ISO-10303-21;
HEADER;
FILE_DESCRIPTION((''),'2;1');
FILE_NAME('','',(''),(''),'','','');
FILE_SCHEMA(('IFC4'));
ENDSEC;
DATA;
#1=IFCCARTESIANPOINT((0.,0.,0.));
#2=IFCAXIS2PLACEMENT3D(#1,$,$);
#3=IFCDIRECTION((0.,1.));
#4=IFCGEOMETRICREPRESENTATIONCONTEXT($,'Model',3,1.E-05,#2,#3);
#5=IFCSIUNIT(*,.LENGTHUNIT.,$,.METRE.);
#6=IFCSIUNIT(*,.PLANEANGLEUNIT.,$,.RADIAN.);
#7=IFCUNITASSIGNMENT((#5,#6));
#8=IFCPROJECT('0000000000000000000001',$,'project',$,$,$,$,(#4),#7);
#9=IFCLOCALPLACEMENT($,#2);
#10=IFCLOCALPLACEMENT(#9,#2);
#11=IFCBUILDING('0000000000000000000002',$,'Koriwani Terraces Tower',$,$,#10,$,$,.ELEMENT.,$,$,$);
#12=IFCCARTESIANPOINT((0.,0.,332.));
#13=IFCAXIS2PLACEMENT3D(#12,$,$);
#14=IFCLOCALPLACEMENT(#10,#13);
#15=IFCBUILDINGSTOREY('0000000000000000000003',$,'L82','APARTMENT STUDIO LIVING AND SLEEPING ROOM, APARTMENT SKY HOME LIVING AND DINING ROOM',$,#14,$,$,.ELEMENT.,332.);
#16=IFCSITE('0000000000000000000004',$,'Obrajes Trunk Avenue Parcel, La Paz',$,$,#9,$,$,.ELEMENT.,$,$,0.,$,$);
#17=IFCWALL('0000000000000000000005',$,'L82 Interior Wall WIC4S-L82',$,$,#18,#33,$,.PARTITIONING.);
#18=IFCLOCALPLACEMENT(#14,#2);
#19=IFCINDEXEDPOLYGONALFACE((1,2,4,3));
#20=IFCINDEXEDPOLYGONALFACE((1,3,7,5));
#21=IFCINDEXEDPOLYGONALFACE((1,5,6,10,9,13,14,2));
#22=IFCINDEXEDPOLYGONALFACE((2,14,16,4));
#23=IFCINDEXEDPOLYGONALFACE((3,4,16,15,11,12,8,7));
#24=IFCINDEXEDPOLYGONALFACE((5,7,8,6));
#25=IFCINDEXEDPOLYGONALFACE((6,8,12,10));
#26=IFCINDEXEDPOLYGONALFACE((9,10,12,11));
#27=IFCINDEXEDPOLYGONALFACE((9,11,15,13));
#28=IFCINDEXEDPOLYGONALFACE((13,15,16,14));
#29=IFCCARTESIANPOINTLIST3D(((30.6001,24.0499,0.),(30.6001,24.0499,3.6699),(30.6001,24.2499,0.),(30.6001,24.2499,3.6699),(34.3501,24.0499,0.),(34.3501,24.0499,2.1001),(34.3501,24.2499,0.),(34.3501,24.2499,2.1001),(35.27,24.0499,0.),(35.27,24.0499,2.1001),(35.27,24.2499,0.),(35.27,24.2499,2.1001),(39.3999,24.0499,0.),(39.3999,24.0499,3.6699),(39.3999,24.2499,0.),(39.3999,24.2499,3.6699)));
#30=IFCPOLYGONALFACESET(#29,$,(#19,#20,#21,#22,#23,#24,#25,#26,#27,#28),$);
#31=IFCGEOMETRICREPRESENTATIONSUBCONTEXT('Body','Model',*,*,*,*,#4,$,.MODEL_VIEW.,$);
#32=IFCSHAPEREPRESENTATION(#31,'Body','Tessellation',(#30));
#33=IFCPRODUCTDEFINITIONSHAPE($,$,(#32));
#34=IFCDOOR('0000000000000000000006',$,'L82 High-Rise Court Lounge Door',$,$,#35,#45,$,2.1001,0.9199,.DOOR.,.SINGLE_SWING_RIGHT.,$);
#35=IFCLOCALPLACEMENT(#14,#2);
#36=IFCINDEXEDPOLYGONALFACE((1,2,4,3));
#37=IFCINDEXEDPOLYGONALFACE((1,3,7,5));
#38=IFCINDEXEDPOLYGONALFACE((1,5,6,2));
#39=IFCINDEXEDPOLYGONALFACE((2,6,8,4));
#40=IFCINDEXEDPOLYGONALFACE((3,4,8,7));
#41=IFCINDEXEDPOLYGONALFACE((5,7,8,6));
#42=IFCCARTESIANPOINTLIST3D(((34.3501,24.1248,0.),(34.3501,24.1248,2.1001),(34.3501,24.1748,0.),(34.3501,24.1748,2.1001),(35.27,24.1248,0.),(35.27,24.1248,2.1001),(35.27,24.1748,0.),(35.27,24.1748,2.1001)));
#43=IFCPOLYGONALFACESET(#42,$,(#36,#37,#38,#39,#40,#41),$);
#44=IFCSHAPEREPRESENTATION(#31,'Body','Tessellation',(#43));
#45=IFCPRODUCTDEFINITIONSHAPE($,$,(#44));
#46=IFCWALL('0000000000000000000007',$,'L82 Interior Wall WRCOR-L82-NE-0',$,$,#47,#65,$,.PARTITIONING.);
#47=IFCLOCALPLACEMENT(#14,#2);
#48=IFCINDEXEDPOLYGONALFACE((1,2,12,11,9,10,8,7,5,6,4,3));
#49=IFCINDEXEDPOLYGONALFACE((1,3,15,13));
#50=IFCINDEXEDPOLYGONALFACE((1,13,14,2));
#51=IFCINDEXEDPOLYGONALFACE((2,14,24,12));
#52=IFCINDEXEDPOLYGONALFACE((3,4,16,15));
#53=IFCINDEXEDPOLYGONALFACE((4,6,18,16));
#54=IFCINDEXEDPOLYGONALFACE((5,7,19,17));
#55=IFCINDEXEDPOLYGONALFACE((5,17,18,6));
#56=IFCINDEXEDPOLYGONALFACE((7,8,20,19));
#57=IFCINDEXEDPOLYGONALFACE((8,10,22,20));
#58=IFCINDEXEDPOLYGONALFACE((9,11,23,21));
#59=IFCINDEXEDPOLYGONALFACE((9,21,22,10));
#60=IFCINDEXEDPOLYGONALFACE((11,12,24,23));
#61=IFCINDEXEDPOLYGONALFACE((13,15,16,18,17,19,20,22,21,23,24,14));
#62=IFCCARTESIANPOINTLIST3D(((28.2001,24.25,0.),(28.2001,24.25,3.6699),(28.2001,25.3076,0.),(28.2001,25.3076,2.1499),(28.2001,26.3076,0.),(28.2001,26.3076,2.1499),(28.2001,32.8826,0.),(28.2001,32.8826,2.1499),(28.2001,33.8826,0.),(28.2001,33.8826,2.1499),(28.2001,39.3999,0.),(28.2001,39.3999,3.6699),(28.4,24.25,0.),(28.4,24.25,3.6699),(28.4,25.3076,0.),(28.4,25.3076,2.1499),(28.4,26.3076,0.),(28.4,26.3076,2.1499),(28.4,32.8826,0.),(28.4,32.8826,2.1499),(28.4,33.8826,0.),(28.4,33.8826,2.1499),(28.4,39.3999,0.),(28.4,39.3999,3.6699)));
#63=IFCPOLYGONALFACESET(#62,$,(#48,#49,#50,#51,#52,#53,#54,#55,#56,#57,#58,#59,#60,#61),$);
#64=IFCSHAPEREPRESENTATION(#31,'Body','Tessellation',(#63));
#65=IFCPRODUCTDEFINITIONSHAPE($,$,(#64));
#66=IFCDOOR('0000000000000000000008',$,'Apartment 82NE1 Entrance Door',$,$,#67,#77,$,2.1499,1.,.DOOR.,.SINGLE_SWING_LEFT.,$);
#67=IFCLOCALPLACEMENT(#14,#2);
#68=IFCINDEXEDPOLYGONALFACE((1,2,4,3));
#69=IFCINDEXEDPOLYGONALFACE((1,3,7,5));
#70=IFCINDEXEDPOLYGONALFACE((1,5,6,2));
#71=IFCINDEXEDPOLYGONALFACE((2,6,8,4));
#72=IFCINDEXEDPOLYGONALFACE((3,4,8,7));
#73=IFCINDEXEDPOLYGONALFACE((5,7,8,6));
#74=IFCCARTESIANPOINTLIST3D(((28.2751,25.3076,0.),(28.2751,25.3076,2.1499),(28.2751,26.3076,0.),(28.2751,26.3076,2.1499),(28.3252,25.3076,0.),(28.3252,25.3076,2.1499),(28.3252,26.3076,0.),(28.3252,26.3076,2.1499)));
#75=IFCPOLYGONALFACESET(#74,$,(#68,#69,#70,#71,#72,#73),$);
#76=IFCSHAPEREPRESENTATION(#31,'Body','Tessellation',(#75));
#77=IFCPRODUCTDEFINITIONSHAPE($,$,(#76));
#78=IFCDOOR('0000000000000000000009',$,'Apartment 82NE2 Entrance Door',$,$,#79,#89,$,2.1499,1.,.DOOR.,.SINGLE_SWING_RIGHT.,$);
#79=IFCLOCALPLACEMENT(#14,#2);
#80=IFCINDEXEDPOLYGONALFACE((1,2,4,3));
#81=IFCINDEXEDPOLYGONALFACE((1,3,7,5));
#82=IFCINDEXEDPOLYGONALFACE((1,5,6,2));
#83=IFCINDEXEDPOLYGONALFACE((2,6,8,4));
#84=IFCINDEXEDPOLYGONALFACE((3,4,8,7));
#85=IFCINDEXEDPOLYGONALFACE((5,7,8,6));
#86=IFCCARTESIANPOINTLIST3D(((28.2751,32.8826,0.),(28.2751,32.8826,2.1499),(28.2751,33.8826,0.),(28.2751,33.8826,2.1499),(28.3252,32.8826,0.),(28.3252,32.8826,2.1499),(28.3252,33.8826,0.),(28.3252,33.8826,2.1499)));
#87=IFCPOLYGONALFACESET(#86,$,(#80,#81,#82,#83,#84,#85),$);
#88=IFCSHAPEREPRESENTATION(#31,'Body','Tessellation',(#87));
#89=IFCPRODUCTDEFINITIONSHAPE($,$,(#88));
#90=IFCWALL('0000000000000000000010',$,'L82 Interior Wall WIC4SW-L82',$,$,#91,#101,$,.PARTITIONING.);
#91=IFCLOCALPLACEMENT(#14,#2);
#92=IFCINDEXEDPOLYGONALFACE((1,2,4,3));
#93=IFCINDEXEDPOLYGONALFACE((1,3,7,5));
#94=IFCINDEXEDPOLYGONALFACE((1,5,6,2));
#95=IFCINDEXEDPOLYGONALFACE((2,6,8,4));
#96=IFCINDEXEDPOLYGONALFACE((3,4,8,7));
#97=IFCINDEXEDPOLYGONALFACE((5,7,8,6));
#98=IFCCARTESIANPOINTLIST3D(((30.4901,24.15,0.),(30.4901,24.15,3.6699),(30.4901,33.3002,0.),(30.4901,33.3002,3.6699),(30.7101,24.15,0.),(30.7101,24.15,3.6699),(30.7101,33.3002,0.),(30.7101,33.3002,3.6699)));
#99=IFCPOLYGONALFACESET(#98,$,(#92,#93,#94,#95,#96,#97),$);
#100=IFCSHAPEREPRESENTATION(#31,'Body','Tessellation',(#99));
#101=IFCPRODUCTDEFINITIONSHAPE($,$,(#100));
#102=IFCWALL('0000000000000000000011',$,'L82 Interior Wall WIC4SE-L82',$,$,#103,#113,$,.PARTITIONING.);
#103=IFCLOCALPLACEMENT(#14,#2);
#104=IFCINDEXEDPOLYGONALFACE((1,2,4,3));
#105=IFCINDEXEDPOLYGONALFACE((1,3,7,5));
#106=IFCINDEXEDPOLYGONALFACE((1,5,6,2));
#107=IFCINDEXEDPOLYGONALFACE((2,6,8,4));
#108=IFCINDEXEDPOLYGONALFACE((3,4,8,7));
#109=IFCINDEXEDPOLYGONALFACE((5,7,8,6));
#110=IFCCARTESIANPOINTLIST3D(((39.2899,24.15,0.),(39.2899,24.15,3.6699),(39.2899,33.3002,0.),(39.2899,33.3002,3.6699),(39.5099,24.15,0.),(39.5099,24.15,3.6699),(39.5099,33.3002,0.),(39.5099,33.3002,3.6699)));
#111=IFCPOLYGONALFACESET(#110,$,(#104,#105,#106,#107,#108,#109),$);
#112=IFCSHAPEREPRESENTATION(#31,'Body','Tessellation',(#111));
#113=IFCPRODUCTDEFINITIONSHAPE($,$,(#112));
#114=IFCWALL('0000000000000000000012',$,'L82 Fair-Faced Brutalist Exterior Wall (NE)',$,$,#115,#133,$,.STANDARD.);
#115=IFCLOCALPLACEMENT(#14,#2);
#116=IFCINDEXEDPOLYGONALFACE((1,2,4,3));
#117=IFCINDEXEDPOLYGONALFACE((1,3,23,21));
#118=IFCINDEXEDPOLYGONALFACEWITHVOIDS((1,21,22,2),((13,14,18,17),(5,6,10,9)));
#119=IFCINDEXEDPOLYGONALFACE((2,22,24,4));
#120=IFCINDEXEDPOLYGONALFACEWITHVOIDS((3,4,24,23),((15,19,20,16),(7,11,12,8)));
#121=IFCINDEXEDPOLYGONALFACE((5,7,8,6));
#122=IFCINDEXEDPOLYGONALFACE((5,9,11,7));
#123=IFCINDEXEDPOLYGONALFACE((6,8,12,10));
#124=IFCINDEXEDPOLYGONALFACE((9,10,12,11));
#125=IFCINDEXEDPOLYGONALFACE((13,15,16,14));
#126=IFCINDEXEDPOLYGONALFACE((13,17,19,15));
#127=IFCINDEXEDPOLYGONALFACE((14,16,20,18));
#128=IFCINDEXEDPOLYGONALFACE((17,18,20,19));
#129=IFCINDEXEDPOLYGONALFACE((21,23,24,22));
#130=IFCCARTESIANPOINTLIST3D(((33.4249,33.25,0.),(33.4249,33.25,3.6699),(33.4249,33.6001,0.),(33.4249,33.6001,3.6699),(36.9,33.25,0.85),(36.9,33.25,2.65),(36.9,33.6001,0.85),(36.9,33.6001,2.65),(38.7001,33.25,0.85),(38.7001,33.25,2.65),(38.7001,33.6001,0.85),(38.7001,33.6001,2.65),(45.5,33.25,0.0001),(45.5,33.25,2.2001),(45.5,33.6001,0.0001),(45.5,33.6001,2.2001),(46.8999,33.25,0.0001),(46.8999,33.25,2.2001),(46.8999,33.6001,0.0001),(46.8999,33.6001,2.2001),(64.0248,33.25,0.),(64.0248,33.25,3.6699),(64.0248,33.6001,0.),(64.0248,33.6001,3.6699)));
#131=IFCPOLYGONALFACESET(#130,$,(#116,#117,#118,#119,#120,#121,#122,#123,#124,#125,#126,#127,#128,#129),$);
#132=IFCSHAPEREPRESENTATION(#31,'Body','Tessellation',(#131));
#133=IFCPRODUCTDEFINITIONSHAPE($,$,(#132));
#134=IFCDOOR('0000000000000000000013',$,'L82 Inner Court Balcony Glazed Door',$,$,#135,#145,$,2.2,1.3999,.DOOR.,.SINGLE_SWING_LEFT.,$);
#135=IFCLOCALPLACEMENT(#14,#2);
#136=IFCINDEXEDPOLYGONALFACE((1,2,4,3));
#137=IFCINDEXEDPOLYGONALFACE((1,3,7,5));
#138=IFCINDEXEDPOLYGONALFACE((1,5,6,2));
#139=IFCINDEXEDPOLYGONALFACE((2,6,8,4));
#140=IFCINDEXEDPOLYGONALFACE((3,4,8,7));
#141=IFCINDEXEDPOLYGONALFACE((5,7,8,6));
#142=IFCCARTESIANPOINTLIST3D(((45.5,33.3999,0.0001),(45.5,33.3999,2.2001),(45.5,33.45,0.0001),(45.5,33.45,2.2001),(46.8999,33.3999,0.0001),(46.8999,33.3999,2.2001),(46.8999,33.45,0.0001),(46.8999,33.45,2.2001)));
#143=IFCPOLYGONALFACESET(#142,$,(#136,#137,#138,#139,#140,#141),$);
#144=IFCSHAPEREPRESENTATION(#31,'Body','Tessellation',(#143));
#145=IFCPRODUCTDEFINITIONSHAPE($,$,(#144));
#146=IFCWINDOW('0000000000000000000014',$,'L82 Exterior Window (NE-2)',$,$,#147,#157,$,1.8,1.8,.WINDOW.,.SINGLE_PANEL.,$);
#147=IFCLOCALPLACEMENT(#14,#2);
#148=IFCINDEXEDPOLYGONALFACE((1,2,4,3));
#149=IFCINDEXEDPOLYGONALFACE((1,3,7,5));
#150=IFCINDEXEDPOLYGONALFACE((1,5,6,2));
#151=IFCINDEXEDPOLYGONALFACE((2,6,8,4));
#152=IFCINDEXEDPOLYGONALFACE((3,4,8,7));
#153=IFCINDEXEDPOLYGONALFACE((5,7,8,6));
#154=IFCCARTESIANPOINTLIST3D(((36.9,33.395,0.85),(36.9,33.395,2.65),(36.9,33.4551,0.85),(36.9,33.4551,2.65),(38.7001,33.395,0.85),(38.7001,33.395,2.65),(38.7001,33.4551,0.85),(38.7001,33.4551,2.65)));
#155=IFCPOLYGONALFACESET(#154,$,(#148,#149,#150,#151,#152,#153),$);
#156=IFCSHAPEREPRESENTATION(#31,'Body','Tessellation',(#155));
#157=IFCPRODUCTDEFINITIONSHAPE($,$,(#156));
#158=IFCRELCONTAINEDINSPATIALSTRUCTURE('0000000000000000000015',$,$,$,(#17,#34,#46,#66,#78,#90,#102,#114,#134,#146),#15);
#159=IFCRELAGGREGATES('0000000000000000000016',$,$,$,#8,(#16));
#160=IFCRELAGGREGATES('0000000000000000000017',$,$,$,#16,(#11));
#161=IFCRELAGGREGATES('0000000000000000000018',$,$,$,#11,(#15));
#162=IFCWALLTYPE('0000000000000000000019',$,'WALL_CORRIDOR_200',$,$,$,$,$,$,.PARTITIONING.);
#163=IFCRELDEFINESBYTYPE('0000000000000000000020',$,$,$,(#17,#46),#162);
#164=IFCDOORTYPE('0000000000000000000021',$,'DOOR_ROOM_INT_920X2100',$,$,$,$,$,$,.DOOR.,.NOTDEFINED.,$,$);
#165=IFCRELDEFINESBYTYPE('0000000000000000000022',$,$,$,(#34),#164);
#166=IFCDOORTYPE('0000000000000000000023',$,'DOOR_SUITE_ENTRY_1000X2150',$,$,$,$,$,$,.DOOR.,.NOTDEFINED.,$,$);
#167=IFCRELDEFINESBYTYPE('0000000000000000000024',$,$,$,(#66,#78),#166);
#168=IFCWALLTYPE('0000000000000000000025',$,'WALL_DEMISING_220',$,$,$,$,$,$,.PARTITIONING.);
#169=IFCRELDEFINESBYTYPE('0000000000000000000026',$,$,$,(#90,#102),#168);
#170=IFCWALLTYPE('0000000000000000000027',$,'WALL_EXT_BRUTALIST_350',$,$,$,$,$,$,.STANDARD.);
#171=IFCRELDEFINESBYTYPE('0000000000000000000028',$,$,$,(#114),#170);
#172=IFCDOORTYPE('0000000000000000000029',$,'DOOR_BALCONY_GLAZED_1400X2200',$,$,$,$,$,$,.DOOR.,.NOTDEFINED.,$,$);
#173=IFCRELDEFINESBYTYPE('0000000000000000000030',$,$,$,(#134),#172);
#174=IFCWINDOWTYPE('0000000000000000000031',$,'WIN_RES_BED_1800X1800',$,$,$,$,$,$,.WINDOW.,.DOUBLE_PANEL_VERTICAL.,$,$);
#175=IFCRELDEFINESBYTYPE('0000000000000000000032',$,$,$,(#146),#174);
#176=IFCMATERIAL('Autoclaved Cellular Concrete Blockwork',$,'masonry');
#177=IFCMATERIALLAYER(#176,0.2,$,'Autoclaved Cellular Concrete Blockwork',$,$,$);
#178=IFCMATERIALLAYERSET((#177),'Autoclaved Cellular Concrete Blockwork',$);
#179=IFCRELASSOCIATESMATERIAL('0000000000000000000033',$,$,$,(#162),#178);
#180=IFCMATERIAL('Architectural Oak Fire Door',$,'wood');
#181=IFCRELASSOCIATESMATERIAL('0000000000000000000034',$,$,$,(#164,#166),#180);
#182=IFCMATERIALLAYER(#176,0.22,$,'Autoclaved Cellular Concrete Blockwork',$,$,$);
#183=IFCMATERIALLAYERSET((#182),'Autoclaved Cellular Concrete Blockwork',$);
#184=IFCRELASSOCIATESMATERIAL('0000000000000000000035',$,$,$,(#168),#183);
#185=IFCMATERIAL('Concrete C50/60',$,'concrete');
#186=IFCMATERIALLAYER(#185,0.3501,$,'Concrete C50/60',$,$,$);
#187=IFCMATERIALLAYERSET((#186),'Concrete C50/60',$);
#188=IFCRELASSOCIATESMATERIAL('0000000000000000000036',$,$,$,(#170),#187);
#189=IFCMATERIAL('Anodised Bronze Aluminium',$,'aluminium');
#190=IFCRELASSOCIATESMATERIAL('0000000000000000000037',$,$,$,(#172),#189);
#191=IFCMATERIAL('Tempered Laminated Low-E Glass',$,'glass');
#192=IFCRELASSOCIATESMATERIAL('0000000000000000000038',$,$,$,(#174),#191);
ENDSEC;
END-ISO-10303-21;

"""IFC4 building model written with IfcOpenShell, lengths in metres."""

from ifc_helpers import new_model, si_unit, direction, frame, frame_2d, origin, place, context, subcontext, project, spatial, rectangle, extrude, material, layer, layer_set, type_object, element, fill, save


model = new_model("IFC4")

# Units and contexts
model_context = context("Model", 3, precision=1e-05, world=origin(), true_north=direction((0.0, 1.0)))
body_context = subcontext(model_context, "Body", "Model", "MODEL_VIEW")
ifc_project = project(units=[si_unit("LENGTHUNIT", "METRE"), si_unit("PLANEANGLEUNIT", "RADIAN")], contexts=[model_context])

# Site, building, storey
site_placement = place(None, origin())
site = spatial("IfcSite", under=ifc_project, at=site_placement, Name="Obrajes Trunk Avenue Parcel, La Paz", CompositionType="ELEMENT", RefElevation=0.0)
building_placement = place(site_placement, origin())
building = spatial("IfcBuilding", under=site, at=building_placement, Name="Koriwani Terraces Tower", CompositionType="ELEMENT")
storey_placement = place(building_placement, frame((0.0, 0.0, 332.0)))
storey = spatial("IfcBuildingStorey", under=building, at=storey_placement, Name="L82", Description="APARTMENT STUDIO LIVING AND SLEEPING ROOM, APARTMENT SKY HOME LIVING AND DINING ROOM", CompositionType="ELEMENT", Elevation=332.0)

# Shared definitions
ifc_material_1 = material(Name="Concrete C50/60", Category="concrete")

# Wall, opening, door
ifc_material_2 = material(Name="Autoclaved Cellular Concrete Blockwork", Category="masonry")
ifc_layer_1 = layer(ifc_material_2, 0.2, Name="Autoclaved Cellular Concrete Blockwork")
ifc_layer_set_1 = layer_set([ifc_layer_1], Name="Autoclaved Cellular Concrete Blockwork")
wall_type_1 = type_object("IfcWallType", Name="WALL_CORRIDOR_200", PredefinedType="PARTITIONING", material=ifc_layer_set_1)
wall_1_placement = place(storey_placement, frame((30.6001, 24.1499, 0.0), z_axis=(0.0, 0.0, 1.0), x_axis=(1.0, 0.0, 0.0)))
wall_1 = element("IfcWall", 1, at=wall_1_placement, inside=storey, type_object=wall_type_1, Name="L82 Interior Wall WIC4S-L82", PredefinedType="PARTITIONING", context=body_context, shape_type="SweptSolid", body=[
    extrude(rectangle(XDim=8.7998, YDim=0.2, at=frame_2d((4.3999, 0.0))), origin(), (0.0, 0.0, 1.0), 3.6699),
])
opening_1_placement = place(wall_1_placement, frame((3.75, 0.0, 0.0)))
opening_1 = element("IfcOpeningElement", 2, at=opening_1_placement, cuts=wall_1, PredefinedType="OPENING", context=body_context, shape_type="SweptSolid", body=[
    extrude(rectangle(XDim=0.9199, YDim=2.1001, at=frame_2d((0.46, 1.05))), frame((0.0, 0.1099, 0.0), z_axis=(0.0, -1.0, 0.0), x_axis=(1.0, 0.0, 0.0)), (0.0, 0.0, 1.0), 0.22),
])
ifc_material_3 = material(Name="Architectural Oak Fire Door", Category="wood")
door_type_1 = type_object("IfcDoorType", Name="DOOR_ROOM_INT_920X2100", OperationType="NOTDEFINED", PredefinedType="DOOR", material=ifc_material_3)
door_1_placement = place(opening_1_placement, origin())
door_1 = element("IfcDoor", 3, at=door_1_placement, inside=storey, type_object=door_type_1, Name="L82 High-Rise Court Lounge Door", OperationType="SINGLE_SWING_RIGHT", OverallHeight=2.1001, OverallWidth=0.9199, PredefinedType="DOOR", context=body_context, shape_type="SweptSolid", body=[
    extrude(rectangle(XDim=0.9199, YDim=2.1001, at=frame_2d((0.46, 1.05))), frame((0.0, 0.0249, 0.0), z_axis=(0.0, -1.0, 0.0), x_axis=(1.0, 0.0, 0.0)), (0.0, 0.0, 1.0), 0.05),
])
fill(opening_1, door_1)

# Wall, openings, doors
wall_2_placement = place(storey_placement, frame((28.3, 24.25, 0.0), z_axis=(0.0, 0.0, 1.0), x_axis=(0.0, 1.0, 0.0)))
wall_2 = element("IfcWall", 4, at=wall_2_placement, inside=storey, type_object=wall_type_1, Name="L82 Interior Wall WRCOR-L82-NE-0", PredefinedType="PARTITIONING", context=body_context, shape_type="SweptSolid", body=[
    extrude(rectangle(XDim=15.1499, YDim=0.2, at=frame_2d((7.575, 0.0))), origin(), (0.0, 0.0, 1.0), 3.6699),
])
opening_2_placement = place(wall_2_placement, frame((1.0576, 0.0, 0.0)))
opening_2 = element("IfcOpeningElement", 5, at=opening_2_placement, cuts=wall_2, PredefinedType="OPENING", context=body_context, shape_type="SweptSolid", body=[
    extrude(rectangle(XDim=1.0, YDim=2.1499, at=frame_2d((0.5, 1.075))), frame((0.0, 0.1099, 0.0), z_axis=(0.0, -1.0, 0.0), x_axis=(1.0, 0.0, 0.0)), (0.0, 0.0, 1.0), 0.22),
])
opening_3_placement = place(wall_2_placement, frame((8.6326, 0.0, 0.0)))
opening_3 = element("IfcOpeningElement", 6, at=opening_3_placement, cuts=wall_2, PredefinedType="OPENING", context=body_context, shape_type="SweptSolid", body=[
    extrude(rectangle(XDim=1.0, YDim=2.1499, at=frame_2d((0.5, 1.075))), frame((0.0, 0.1099, 0.0), z_axis=(0.0, -1.0, 0.0), x_axis=(1.0, 0.0, 0.0)), (0.0, 0.0, 1.0), 0.22),
])
door_type_2 = type_object("IfcDoorType", Name="DOOR_SUITE_ENTRY_1000X2150", OperationType="NOTDEFINED", PredefinedType="DOOR", material=ifc_material_3)
door_2_placement = place(opening_2_placement, origin())
door_2 = element("IfcDoor", 7, at=door_2_placement, inside=storey, type_object=door_type_2, Name="Apartment 82NE1 Entrance Door", OperationType="SINGLE_SWING_LEFT", OverallHeight=2.1499, OverallWidth=1.0, PredefinedType="DOOR", context=body_context, shape_type="SweptSolid", body=[
    extrude(rectangle(XDim=1.0, YDim=2.1499, at=frame_2d((0.5, 1.075))), frame((0.0, 0.0249, 0.0), z_axis=(0.0, -1.0, 0.0), x_axis=(1.0, 0.0, 0.0)), (0.0, 0.0, 1.0), 0.05),
])
fill(opening_2, door_2)
door_3_placement = place(opening_3_placement, origin())
door_3 = element("IfcDoor", 8, at=door_3_placement, inside=storey, type_object=door_type_2, Name="Apartment 82NE2 Entrance Door", OperationType="SINGLE_SWING_RIGHT", OverallHeight=2.1499, OverallWidth=1.0, PredefinedType="DOOR", context=body_context, shape_type="SweptSolid", body=[
    extrude(rectangle(XDim=1.0, YDim=2.1499, at=frame_2d((0.5, 1.075))), frame((0.0, 0.0249, 0.0), z_axis=(0.0, -1.0, 0.0), x_axis=(1.0, 0.0, 0.0)), (0.0, 0.0, 1.0), 0.05),
])
fill(opening_3, door_3)

# Walls
ifc_layer_2 = layer(ifc_material_2, 0.22, Name="Autoclaved Cellular Concrete Blockwork")
ifc_layer_set_2 = layer_set([ifc_layer_2], Name="Autoclaved Cellular Concrete Blockwork")
wall_type_2 = type_object("IfcWallType", Name="WALL_DEMISING_220", PredefinedType="PARTITIONING", material=ifc_layer_set_2)
for number, where, z_axis, x_axis, name in (
    (9, (30.6001, 24.1499, 0.0), (0.0, 0.0, 1.0), (0.0, 1.0, 0.0), "L82 Interior Wall WIC4SW-L82"),
    (10, (39.3999, 24.1499, 0.0), (0.0, 0.0, 1.0), (0.0, 1.0, 0.0), "L82 Interior Wall WIC4SE-L82"),
):
    element("IfcWall", number, at=place(storey_placement, frame(where, z_axis=z_axis, x_axis=x_axis)), inside=storey, type_object=wall_type_2, Name=name, PredefinedType="PARTITIONING", context=body_context, shape_type="SweptSolid", body=[
        extrude(rectangle(XDim=9.1501, YDim=0.22, at=frame_2d((4.5752, 0.0))), origin(), (0.0, 0.0, 1.0), 3.6699),
    ])

# Wall, openings, door, window
ifc_layer_3 = layer(ifc_material_1, 0.3501, Name="Concrete C50/60")
ifc_layer_set_3 = layer_set([ifc_layer_3], Name="Concrete C50/60")
wall_type_3 = type_object("IfcWallType", Name="WALL_EXT_BRUTALIST_350", PredefinedType="STANDARD", material=ifc_layer_set_3)
wall_3_placement = place(storey_placement, frame((33.425, 33.425, 0.0), z_axis=(0.0, 0.0, 1.0), x_axis=(1.0, 0.0, 0.0)))
wall_3 = element("IfcWall", 11, at=wall_3_placement, inside=storey, type_object=wall_type_3, Name="L82 Fair-Faced Brutalist Exterior Wall (NE)", PredefinedType="STANDARD", context=body_context, shape_type="SweptSolid", body=[
    extrude(rectangle(XDim=30.5999, YDim=0.3501, at=frame_2d((15.2998, 0.0))), origin(), (0.0, 0.0, 1.0), 3.6699),
])
opening_4_placement = place(wall_3_placement, frame((12.075, 0.0, 0.0)))
opening_4 = element("IfcOpeningElement", 12, at=opening_4_placement, cuts=wall_3, PredefinedType="OPENING", context=body_context, shape_type="SweptSolid", body=[
    extrude(rectangle(XDim=1.3999, YDim=2.2, at=frame_2d((0.7, 1.1001))), frame((0.0, 0.1851, 0.0), z_axis=(0.0, -1.0, 0.0), x_axis=(1.0, 0.0, 0.0)), (0.0, 0.0, 1.0), 0.3701),
])
opening_5_placement = place(wall_3_placement, frame((3.4751, 0.0, 0.8501)))
opening_5 = element("IfcOpeningElement", 13, at=opening_5_placement, cuts=wall_3, PredefinedType="OPENING", context=body_context, shape_type="SweptSolid", body=[
    extrude(rectangle(XDim=1.8, YDim=1.8, at=frame_2d((0.8999, 0.8999))), frame((0.0, 0.1851, 0.0), z_axis=(0.0, -1.0, 0.0), x_axis=(1.0, 0.0, 0.0)), (0.0, 0.0, 1.0), 0.3701),
])
ifc_material_4 = material(Name="Anodised Bronze Aluminium", Category="aluminium")
door_type_3 = type_object("IfcDoorType", Name="DOOR_BALCONY_GLAZED_1400X2200", OperationType="NOTDEFINED", PredefinedType="DOOR", material=ifc_material_4)
door_4_placement = place(opening_4_placement, origin())
door_4 = element("IfcDoor", 14, at=door_4_placement, inside=storey, type_object=door_type_3, Name="L82 Inner Court Balcony Glazed Door", OperationType="SINGLE_SWING_LEFT", OverallHeight=2.2, OverallWidth=1.3999, PredefinedType="DOOR", context=body_context, shape_type="SweptSolid", body=[
    extrude(rectangle(XDim=1.3999, YDim=2.2, at=frame_2d((0.7, 1.1001))), frame((0.0, 0.0249, 0.0), z_axis=(0.0, -1.0, 0.0), x_axis=(1.0, 0.0, 0.0)), (0.0, 0.0, 1.0), 0.05),
])
fill(opening_4, door_4)
ifc_material_5 = material(Name="Tempered Laminated Low-E Glass", Category="glass")
window_type = type_object("IfcWindowType", Name="WIN_RES_BED_1800X1800", PartitioningType="DOUBLE_PANEL_VERTICAL", PredefinedType="WINDOW", material=ifc_material_5)
window_placement = place(opening_5_placement, origin())
window = element("IfcWindow", 15, at=window_placement, inside=storey, type_object=window_type, Name="L82 Exterior Window (NE-2)", OverallHeight=1.8, OverallWidth=1.8, PartitioningType="SINGLE_PANEL", PredefinedType="WINDOW", context=body_context, shape_type="SweptSolid", body=[
    extrude(rectangle(XDim=1.8, YDim=1.8, at=frame_2d((0.8999, 0.8999))), frame((0.0, 0.03, 0.0), z_axis=(0.0, -1.0, 0.0), x_axis=(1.0, 0.0, 0.0)), (0.0, 0.0, 1.0), 0.0601),
])
fill(opening_5, window)

save(model, "model.ifc")
